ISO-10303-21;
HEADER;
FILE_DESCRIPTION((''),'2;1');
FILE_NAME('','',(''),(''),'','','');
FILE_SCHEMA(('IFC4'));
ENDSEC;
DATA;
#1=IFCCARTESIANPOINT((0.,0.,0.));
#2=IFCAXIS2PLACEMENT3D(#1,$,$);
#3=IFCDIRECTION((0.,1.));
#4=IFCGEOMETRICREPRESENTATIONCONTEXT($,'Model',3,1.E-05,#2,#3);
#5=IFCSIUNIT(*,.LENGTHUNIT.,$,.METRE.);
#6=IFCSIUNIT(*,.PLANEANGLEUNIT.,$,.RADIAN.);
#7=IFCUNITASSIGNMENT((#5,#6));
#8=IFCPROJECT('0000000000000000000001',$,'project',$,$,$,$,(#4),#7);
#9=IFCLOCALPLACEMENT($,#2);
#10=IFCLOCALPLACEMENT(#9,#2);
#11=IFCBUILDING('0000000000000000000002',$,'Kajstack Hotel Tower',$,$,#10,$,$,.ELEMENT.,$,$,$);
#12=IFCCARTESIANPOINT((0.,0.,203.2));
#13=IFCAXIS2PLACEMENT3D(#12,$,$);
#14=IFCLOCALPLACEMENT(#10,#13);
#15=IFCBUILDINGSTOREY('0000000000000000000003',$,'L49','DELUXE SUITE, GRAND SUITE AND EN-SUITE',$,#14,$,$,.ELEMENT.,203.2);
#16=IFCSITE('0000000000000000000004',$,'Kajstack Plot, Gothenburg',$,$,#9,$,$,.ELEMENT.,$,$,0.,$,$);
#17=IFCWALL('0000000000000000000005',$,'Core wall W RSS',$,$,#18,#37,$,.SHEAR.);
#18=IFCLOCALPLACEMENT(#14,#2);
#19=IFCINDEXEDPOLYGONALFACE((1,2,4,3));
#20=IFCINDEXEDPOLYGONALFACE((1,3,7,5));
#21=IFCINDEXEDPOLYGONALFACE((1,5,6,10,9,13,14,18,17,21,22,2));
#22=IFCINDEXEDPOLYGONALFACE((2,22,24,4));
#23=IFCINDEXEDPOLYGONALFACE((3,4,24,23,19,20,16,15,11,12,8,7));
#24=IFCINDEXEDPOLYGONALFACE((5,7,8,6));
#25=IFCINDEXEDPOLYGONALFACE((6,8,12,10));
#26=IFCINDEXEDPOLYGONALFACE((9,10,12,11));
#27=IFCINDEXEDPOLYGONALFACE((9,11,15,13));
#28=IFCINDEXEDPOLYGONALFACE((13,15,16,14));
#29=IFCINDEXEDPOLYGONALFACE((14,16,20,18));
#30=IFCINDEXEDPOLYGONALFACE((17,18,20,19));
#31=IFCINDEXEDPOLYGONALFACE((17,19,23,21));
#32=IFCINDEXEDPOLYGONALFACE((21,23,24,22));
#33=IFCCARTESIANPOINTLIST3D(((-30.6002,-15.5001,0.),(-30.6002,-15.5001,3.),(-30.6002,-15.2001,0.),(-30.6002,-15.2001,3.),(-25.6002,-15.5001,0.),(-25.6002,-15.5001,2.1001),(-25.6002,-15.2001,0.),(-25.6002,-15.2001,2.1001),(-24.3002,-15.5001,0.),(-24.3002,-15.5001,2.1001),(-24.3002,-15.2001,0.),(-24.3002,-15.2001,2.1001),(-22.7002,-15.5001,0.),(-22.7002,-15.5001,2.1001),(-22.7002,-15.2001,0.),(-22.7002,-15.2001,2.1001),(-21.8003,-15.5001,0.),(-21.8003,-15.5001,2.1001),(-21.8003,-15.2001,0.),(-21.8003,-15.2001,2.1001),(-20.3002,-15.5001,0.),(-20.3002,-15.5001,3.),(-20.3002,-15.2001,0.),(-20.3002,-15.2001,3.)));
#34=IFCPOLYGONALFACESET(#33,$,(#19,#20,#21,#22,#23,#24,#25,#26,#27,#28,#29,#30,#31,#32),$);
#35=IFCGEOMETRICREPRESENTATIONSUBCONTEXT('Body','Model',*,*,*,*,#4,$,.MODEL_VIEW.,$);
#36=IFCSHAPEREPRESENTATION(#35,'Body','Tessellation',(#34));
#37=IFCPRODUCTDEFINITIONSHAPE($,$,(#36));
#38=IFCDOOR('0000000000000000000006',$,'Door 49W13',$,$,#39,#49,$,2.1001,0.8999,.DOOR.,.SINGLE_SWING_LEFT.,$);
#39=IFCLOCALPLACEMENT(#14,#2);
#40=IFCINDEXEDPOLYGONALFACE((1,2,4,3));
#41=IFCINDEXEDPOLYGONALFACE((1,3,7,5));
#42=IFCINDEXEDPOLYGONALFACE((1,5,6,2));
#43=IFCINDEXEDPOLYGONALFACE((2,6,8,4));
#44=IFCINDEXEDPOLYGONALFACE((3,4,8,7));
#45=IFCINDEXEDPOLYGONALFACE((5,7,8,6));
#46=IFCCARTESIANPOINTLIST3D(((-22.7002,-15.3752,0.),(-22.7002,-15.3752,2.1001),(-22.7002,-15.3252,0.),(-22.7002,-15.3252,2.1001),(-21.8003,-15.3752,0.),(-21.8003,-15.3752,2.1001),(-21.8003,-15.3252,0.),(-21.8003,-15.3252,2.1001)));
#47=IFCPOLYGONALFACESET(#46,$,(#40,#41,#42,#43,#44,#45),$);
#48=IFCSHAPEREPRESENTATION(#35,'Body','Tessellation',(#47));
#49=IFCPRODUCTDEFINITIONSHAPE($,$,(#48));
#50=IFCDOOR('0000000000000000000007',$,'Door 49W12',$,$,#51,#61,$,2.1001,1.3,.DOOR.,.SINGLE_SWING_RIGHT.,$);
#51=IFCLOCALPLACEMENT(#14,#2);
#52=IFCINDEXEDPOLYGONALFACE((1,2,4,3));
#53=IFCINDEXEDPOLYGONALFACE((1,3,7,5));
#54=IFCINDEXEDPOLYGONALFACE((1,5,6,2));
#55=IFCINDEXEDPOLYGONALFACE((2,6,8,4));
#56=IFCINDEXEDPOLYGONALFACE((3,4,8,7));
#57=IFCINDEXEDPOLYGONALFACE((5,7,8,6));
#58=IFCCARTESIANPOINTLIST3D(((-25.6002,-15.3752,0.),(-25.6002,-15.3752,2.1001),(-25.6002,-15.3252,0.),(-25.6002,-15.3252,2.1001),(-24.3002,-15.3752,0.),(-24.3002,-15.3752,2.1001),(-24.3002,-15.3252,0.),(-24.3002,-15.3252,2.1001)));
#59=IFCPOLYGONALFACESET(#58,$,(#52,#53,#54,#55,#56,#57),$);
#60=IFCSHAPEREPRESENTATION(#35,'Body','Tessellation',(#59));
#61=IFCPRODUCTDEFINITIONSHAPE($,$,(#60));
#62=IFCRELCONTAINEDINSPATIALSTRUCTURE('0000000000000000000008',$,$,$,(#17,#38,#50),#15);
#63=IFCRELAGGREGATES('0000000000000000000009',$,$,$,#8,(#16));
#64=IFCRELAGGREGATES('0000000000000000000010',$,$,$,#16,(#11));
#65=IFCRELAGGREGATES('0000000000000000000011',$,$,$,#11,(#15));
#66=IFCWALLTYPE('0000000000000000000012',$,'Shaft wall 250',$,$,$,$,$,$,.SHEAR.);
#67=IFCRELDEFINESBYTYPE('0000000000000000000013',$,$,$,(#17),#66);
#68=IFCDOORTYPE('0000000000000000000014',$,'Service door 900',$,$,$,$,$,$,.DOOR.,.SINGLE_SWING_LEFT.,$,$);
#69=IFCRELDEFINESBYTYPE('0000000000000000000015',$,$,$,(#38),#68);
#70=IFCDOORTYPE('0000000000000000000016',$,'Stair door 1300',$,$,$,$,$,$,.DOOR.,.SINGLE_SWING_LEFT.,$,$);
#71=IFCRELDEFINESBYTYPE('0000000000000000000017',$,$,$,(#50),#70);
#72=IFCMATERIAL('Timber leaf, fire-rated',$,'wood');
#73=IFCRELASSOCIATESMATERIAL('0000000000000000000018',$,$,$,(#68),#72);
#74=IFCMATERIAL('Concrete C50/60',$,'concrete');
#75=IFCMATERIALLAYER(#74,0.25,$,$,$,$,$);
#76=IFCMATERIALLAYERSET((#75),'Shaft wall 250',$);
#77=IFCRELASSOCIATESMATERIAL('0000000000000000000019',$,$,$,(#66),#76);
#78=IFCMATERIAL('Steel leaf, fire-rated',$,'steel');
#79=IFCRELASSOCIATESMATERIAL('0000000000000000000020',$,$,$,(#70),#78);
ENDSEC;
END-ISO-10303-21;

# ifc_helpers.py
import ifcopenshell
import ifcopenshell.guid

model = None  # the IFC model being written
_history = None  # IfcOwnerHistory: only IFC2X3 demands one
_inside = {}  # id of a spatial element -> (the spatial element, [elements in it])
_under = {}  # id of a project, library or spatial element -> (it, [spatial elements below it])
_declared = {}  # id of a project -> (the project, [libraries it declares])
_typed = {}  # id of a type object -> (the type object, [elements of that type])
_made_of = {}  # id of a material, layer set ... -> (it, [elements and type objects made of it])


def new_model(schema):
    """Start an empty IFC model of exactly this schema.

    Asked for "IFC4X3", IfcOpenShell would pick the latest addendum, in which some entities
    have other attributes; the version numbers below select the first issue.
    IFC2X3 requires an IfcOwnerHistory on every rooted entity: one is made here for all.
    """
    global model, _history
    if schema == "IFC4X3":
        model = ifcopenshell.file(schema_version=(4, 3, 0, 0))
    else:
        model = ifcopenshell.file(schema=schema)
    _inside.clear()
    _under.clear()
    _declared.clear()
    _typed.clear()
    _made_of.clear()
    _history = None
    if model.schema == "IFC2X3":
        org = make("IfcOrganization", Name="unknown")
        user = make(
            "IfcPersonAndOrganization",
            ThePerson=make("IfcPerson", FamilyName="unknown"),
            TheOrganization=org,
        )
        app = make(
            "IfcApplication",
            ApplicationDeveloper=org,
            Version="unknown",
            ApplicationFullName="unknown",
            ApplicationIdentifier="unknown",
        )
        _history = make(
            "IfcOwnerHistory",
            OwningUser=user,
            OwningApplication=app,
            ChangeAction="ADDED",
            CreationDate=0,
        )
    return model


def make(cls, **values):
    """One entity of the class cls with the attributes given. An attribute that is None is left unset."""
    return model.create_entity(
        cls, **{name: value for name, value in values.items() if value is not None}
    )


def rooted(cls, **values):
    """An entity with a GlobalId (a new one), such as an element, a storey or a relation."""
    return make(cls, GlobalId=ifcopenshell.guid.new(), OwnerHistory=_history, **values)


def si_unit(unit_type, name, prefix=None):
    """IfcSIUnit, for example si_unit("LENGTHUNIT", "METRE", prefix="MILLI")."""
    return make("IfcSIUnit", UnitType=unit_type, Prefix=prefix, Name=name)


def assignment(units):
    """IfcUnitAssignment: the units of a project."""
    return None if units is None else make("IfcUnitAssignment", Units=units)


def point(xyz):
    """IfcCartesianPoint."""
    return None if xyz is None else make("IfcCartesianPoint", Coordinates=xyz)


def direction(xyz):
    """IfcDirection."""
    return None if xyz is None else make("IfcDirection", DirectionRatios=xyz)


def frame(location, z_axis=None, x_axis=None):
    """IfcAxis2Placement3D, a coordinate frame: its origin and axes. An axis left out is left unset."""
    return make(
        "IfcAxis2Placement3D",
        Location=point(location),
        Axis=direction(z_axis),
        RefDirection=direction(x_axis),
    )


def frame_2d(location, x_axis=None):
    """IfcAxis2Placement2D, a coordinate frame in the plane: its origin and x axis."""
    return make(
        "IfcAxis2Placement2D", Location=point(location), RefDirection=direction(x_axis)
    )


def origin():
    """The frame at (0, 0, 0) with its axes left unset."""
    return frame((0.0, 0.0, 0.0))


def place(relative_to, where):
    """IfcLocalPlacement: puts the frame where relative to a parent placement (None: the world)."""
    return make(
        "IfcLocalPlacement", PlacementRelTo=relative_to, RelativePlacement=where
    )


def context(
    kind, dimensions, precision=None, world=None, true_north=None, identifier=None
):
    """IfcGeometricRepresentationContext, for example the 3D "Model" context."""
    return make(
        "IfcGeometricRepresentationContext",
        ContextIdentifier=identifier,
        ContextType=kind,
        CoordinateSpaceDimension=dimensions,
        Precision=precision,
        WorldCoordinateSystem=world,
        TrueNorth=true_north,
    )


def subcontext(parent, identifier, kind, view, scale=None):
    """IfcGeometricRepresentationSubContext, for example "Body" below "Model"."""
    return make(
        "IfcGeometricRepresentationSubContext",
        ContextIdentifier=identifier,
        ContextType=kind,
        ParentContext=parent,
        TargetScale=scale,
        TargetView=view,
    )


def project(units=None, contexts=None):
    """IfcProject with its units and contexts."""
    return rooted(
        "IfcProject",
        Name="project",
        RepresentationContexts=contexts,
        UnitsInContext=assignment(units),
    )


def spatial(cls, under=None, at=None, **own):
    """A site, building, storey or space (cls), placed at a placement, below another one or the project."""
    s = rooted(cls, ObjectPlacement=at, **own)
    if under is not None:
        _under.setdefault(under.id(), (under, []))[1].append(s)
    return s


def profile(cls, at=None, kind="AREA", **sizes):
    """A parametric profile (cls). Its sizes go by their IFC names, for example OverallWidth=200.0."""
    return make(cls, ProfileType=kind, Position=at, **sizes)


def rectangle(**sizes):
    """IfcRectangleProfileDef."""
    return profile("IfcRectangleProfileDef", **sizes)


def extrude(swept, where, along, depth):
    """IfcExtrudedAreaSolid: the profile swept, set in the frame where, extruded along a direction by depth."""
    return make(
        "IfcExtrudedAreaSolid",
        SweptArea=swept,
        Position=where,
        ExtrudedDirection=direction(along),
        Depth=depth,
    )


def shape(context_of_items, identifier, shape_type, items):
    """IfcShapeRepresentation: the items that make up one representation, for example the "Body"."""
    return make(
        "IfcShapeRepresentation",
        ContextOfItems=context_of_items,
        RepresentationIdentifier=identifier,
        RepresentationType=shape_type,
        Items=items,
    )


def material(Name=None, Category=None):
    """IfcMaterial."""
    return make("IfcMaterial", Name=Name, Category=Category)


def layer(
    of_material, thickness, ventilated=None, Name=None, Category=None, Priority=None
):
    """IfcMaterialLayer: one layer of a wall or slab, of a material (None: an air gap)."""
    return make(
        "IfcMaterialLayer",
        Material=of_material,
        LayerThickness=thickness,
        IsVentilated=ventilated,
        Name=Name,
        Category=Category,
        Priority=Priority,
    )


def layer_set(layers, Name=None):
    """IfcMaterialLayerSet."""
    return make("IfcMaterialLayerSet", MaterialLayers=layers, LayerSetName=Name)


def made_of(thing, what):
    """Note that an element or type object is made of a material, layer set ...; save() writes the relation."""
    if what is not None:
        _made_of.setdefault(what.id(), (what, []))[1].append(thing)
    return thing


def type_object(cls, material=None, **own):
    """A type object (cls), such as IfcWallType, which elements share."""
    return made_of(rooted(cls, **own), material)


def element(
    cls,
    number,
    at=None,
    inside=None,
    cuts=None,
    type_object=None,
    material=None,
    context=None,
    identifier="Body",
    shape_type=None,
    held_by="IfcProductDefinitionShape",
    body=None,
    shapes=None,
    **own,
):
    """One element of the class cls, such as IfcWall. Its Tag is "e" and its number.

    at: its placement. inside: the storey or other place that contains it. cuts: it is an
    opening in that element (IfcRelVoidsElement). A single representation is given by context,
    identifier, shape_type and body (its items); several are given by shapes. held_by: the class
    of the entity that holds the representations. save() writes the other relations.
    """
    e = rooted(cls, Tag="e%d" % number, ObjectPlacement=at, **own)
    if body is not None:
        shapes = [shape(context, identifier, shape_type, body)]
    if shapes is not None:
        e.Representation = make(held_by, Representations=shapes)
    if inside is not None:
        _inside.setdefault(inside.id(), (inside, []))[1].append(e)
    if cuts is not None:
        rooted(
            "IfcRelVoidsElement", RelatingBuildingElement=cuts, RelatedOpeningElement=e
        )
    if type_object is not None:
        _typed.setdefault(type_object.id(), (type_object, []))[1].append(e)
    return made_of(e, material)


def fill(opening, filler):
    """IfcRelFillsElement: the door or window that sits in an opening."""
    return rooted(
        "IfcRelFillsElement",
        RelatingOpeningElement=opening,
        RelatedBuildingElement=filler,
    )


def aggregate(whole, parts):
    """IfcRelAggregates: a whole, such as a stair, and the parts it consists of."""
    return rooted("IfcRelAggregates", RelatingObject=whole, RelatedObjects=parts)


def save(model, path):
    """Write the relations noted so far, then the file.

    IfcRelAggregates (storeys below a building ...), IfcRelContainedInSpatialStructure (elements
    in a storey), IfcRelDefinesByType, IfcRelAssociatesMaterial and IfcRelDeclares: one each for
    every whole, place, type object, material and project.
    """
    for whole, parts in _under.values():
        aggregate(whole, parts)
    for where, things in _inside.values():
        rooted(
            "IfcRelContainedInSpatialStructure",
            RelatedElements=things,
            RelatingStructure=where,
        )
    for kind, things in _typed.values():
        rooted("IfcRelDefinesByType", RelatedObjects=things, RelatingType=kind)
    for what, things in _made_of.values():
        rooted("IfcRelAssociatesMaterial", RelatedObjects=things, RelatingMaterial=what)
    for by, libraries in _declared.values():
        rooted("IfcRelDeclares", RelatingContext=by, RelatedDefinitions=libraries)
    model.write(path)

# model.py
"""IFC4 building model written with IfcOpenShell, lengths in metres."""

from ifc_helpers import new_model, si_unit, direction, frame, frame_2d, origin, place, context, subcontext, project, spatial, rectangle, extrude, material, layer, layer_set, type_object, element, fill, save


model = new_model("IFC4")

# Units and contexts
model_context = context("Model", 3, precision=1e-05, world=origin(), true_north=direction((0.0, 1.0)))
body_context = subcontext(model_context, "Body", "Model", "MODEL_VIEW")
ifc_project = project(units=[si_unit("LENGTHUNIT", "METRE"), si_unit("PLANEANGLEUNIT", "RADIAN")], contexts=[model_context])

# Site, building, storey
site_placement = place(None, origin())
site = spatial("IfcSite", under=ifc_project, at=site_placement, Name="Kajstack Plot, Gothenburg", CompositionType="ELEMENT", RefElevation=0.0)
building_placement = place(site_placement, origin())
building = spatial("IfcBuilding", under=site, at=building_placement, Name="Kajstack Hotel Tower", CompositionType="ELEMENT")
storey_placement = place(building_placement, frame((0.0, 0.0, 203.2)))
storey = spatial("IfcBuildingStorey", under=building, at=storey_placement, Name="L49", Description="DELUXE SUITE, GRAND SUITE AND EN-SUITE", CompositionType="ELEMENT", Elevation=203.2)

# Shared definitions
ifc_material_1 = material(Name="Timber leaf, fire-rated", Category="wood")
door_type_1 = type_object("IfcDoorType", Name="Service door 900", OperationType="SINGLE_SWING_LEFT", PredefinedType="DOOR", material=ifc_material_1)

# Wall, openings, doors
ifc_material_2 = material(Name="Concrete C50/60", Category="concrete")
ifc_layer_1 = layer(ifc_material_2, 0.25)
ifc_layer_set_1 = layer_set([ifc_layer_1], Name="Shaft wall 250")
wall_type_1 = type_object("IfcWallType", Name="Shaft wall 250", PredefinedType="SHEAR", material=ifc_layer_set_1)
wall_1_placement = place(storey_placement, frame((-30.6001, -15.3501, 0.0), z_axis=(0.0, 0.0, 1.0), x_axis=(1.0, 0.0, 0.0)))
wall_1 = element("IfcWall", 1, at=wall_1_placement, inside=storey, type_object=wall_type_1, Name="Core wall W RSS", PredefinedType="SHEAR", context=body_context, shape_type="SweptSolid", body=[
    extrude(rectangle(XDim=10.3, YDim=0.3, at=frame_2d((5.1499, 0.0))), origin(), (0.0, 0.0, 1.0), 3.0),
])
opening_1_placement = place(wall_1_placement, frame((5.0, 0.0, 0.0)))
opening_1 = element("IfcOpeningElement", 2, at=opening_1_placement, cuts=wall_1, PredefinedType="OPENING", context=body_context, shape_type="SweptSolid", body=[
    extrude(rectangle(XDim=1.3, YDim=2.1001, at=frame_2d((0.6499, 1.05))), frame((0.0, 0.1599, 0.0), z_axis=(0.0, -1.0, 0.0), x_axis=(1.0, 0.0, 0.0)), (0.0, 0.0, 1.0), 0.3201),
])
opening_2_placement = place(wall_1_placement, frame((7.8999, 0.0, 0.0)))
opening_2 = element("IfcOpeningElement", 3, at=opening_2_placement, cuts=wall_1, PredefinedType="OPENING", context=body_context, shape_type="SweptSolid", body=[
    extrude(rectangle(XDim=0.8999, YDim=2.1001, at=frame_2d((0.45, 1.05))), frame((0.0, 0.1599, 0.0), z_axis=(0.0, -1.0, 0.0), x_axis=(1.0, 0.0, 0.0)), (0.0, 0.0, 1.0), 0.3201),
])
door_1_placement = place(opening_2_placement, origin())
door_1 = element("IfcDoor", 4, at=door_1_placement, inside=storey, type_object=door_type_1, Name="Door 49W13", OperationType="SINGLE_SWING_LEFT", OverallHeight=2.1001, OverallWidth=0.8999, PredefinedType="DOOR", context=body_context, shape_type="SweptSolid", body=[
    extrude(rectangle(XDim=0.8999, YDim=2.1001, at=frame_2d((0.45, 1.05))), frame((0.0, 0.0249, 0.0), z_axis=(0.0, -1.0, 0.0), x_axis=(1.0, 0.0, 0.0)), (0.0, 0.0, 1.0), 0.05),
])
fill(opening_2, door_1)
ifc_material_3 = material(Name="Steel leaf, fire-rated", Category="steel")
door_type_2 = type_object("IfcDoorType", Name="Stair door 1300", OperationType="SINGLE_SWING_LEFT", PredefinedType="DOOR", material=ifc_material_3)
door_2_placement = place(opening_1_placement, origin())
door_2 = element("IfcDoor", 5, at=door_2_placement, inside=storey, type_object=door_type_2, Name="Door 49W12", OperationType="SINGLE_SWING_RIGHT", OverallHeight=2.1001, OverallWidth=1.3, PredefinedType="DOOR", context=body_context, shape_type="SweptSolid", body=[
    extrude(rectangle(XDim=1.3, YDim=2.1001, at=frame_2d((0.6499, 1.05))), frame((0.0, 0.0249, 0.0), z_axis=(0.0, -1.0, 0.0), x_axis=(1.0, 0.0, 0.0)), (0.0, 0.0, 1.0), 0.05),
])
fill(opening_1, door_2)

save(model, "model.ifc")
